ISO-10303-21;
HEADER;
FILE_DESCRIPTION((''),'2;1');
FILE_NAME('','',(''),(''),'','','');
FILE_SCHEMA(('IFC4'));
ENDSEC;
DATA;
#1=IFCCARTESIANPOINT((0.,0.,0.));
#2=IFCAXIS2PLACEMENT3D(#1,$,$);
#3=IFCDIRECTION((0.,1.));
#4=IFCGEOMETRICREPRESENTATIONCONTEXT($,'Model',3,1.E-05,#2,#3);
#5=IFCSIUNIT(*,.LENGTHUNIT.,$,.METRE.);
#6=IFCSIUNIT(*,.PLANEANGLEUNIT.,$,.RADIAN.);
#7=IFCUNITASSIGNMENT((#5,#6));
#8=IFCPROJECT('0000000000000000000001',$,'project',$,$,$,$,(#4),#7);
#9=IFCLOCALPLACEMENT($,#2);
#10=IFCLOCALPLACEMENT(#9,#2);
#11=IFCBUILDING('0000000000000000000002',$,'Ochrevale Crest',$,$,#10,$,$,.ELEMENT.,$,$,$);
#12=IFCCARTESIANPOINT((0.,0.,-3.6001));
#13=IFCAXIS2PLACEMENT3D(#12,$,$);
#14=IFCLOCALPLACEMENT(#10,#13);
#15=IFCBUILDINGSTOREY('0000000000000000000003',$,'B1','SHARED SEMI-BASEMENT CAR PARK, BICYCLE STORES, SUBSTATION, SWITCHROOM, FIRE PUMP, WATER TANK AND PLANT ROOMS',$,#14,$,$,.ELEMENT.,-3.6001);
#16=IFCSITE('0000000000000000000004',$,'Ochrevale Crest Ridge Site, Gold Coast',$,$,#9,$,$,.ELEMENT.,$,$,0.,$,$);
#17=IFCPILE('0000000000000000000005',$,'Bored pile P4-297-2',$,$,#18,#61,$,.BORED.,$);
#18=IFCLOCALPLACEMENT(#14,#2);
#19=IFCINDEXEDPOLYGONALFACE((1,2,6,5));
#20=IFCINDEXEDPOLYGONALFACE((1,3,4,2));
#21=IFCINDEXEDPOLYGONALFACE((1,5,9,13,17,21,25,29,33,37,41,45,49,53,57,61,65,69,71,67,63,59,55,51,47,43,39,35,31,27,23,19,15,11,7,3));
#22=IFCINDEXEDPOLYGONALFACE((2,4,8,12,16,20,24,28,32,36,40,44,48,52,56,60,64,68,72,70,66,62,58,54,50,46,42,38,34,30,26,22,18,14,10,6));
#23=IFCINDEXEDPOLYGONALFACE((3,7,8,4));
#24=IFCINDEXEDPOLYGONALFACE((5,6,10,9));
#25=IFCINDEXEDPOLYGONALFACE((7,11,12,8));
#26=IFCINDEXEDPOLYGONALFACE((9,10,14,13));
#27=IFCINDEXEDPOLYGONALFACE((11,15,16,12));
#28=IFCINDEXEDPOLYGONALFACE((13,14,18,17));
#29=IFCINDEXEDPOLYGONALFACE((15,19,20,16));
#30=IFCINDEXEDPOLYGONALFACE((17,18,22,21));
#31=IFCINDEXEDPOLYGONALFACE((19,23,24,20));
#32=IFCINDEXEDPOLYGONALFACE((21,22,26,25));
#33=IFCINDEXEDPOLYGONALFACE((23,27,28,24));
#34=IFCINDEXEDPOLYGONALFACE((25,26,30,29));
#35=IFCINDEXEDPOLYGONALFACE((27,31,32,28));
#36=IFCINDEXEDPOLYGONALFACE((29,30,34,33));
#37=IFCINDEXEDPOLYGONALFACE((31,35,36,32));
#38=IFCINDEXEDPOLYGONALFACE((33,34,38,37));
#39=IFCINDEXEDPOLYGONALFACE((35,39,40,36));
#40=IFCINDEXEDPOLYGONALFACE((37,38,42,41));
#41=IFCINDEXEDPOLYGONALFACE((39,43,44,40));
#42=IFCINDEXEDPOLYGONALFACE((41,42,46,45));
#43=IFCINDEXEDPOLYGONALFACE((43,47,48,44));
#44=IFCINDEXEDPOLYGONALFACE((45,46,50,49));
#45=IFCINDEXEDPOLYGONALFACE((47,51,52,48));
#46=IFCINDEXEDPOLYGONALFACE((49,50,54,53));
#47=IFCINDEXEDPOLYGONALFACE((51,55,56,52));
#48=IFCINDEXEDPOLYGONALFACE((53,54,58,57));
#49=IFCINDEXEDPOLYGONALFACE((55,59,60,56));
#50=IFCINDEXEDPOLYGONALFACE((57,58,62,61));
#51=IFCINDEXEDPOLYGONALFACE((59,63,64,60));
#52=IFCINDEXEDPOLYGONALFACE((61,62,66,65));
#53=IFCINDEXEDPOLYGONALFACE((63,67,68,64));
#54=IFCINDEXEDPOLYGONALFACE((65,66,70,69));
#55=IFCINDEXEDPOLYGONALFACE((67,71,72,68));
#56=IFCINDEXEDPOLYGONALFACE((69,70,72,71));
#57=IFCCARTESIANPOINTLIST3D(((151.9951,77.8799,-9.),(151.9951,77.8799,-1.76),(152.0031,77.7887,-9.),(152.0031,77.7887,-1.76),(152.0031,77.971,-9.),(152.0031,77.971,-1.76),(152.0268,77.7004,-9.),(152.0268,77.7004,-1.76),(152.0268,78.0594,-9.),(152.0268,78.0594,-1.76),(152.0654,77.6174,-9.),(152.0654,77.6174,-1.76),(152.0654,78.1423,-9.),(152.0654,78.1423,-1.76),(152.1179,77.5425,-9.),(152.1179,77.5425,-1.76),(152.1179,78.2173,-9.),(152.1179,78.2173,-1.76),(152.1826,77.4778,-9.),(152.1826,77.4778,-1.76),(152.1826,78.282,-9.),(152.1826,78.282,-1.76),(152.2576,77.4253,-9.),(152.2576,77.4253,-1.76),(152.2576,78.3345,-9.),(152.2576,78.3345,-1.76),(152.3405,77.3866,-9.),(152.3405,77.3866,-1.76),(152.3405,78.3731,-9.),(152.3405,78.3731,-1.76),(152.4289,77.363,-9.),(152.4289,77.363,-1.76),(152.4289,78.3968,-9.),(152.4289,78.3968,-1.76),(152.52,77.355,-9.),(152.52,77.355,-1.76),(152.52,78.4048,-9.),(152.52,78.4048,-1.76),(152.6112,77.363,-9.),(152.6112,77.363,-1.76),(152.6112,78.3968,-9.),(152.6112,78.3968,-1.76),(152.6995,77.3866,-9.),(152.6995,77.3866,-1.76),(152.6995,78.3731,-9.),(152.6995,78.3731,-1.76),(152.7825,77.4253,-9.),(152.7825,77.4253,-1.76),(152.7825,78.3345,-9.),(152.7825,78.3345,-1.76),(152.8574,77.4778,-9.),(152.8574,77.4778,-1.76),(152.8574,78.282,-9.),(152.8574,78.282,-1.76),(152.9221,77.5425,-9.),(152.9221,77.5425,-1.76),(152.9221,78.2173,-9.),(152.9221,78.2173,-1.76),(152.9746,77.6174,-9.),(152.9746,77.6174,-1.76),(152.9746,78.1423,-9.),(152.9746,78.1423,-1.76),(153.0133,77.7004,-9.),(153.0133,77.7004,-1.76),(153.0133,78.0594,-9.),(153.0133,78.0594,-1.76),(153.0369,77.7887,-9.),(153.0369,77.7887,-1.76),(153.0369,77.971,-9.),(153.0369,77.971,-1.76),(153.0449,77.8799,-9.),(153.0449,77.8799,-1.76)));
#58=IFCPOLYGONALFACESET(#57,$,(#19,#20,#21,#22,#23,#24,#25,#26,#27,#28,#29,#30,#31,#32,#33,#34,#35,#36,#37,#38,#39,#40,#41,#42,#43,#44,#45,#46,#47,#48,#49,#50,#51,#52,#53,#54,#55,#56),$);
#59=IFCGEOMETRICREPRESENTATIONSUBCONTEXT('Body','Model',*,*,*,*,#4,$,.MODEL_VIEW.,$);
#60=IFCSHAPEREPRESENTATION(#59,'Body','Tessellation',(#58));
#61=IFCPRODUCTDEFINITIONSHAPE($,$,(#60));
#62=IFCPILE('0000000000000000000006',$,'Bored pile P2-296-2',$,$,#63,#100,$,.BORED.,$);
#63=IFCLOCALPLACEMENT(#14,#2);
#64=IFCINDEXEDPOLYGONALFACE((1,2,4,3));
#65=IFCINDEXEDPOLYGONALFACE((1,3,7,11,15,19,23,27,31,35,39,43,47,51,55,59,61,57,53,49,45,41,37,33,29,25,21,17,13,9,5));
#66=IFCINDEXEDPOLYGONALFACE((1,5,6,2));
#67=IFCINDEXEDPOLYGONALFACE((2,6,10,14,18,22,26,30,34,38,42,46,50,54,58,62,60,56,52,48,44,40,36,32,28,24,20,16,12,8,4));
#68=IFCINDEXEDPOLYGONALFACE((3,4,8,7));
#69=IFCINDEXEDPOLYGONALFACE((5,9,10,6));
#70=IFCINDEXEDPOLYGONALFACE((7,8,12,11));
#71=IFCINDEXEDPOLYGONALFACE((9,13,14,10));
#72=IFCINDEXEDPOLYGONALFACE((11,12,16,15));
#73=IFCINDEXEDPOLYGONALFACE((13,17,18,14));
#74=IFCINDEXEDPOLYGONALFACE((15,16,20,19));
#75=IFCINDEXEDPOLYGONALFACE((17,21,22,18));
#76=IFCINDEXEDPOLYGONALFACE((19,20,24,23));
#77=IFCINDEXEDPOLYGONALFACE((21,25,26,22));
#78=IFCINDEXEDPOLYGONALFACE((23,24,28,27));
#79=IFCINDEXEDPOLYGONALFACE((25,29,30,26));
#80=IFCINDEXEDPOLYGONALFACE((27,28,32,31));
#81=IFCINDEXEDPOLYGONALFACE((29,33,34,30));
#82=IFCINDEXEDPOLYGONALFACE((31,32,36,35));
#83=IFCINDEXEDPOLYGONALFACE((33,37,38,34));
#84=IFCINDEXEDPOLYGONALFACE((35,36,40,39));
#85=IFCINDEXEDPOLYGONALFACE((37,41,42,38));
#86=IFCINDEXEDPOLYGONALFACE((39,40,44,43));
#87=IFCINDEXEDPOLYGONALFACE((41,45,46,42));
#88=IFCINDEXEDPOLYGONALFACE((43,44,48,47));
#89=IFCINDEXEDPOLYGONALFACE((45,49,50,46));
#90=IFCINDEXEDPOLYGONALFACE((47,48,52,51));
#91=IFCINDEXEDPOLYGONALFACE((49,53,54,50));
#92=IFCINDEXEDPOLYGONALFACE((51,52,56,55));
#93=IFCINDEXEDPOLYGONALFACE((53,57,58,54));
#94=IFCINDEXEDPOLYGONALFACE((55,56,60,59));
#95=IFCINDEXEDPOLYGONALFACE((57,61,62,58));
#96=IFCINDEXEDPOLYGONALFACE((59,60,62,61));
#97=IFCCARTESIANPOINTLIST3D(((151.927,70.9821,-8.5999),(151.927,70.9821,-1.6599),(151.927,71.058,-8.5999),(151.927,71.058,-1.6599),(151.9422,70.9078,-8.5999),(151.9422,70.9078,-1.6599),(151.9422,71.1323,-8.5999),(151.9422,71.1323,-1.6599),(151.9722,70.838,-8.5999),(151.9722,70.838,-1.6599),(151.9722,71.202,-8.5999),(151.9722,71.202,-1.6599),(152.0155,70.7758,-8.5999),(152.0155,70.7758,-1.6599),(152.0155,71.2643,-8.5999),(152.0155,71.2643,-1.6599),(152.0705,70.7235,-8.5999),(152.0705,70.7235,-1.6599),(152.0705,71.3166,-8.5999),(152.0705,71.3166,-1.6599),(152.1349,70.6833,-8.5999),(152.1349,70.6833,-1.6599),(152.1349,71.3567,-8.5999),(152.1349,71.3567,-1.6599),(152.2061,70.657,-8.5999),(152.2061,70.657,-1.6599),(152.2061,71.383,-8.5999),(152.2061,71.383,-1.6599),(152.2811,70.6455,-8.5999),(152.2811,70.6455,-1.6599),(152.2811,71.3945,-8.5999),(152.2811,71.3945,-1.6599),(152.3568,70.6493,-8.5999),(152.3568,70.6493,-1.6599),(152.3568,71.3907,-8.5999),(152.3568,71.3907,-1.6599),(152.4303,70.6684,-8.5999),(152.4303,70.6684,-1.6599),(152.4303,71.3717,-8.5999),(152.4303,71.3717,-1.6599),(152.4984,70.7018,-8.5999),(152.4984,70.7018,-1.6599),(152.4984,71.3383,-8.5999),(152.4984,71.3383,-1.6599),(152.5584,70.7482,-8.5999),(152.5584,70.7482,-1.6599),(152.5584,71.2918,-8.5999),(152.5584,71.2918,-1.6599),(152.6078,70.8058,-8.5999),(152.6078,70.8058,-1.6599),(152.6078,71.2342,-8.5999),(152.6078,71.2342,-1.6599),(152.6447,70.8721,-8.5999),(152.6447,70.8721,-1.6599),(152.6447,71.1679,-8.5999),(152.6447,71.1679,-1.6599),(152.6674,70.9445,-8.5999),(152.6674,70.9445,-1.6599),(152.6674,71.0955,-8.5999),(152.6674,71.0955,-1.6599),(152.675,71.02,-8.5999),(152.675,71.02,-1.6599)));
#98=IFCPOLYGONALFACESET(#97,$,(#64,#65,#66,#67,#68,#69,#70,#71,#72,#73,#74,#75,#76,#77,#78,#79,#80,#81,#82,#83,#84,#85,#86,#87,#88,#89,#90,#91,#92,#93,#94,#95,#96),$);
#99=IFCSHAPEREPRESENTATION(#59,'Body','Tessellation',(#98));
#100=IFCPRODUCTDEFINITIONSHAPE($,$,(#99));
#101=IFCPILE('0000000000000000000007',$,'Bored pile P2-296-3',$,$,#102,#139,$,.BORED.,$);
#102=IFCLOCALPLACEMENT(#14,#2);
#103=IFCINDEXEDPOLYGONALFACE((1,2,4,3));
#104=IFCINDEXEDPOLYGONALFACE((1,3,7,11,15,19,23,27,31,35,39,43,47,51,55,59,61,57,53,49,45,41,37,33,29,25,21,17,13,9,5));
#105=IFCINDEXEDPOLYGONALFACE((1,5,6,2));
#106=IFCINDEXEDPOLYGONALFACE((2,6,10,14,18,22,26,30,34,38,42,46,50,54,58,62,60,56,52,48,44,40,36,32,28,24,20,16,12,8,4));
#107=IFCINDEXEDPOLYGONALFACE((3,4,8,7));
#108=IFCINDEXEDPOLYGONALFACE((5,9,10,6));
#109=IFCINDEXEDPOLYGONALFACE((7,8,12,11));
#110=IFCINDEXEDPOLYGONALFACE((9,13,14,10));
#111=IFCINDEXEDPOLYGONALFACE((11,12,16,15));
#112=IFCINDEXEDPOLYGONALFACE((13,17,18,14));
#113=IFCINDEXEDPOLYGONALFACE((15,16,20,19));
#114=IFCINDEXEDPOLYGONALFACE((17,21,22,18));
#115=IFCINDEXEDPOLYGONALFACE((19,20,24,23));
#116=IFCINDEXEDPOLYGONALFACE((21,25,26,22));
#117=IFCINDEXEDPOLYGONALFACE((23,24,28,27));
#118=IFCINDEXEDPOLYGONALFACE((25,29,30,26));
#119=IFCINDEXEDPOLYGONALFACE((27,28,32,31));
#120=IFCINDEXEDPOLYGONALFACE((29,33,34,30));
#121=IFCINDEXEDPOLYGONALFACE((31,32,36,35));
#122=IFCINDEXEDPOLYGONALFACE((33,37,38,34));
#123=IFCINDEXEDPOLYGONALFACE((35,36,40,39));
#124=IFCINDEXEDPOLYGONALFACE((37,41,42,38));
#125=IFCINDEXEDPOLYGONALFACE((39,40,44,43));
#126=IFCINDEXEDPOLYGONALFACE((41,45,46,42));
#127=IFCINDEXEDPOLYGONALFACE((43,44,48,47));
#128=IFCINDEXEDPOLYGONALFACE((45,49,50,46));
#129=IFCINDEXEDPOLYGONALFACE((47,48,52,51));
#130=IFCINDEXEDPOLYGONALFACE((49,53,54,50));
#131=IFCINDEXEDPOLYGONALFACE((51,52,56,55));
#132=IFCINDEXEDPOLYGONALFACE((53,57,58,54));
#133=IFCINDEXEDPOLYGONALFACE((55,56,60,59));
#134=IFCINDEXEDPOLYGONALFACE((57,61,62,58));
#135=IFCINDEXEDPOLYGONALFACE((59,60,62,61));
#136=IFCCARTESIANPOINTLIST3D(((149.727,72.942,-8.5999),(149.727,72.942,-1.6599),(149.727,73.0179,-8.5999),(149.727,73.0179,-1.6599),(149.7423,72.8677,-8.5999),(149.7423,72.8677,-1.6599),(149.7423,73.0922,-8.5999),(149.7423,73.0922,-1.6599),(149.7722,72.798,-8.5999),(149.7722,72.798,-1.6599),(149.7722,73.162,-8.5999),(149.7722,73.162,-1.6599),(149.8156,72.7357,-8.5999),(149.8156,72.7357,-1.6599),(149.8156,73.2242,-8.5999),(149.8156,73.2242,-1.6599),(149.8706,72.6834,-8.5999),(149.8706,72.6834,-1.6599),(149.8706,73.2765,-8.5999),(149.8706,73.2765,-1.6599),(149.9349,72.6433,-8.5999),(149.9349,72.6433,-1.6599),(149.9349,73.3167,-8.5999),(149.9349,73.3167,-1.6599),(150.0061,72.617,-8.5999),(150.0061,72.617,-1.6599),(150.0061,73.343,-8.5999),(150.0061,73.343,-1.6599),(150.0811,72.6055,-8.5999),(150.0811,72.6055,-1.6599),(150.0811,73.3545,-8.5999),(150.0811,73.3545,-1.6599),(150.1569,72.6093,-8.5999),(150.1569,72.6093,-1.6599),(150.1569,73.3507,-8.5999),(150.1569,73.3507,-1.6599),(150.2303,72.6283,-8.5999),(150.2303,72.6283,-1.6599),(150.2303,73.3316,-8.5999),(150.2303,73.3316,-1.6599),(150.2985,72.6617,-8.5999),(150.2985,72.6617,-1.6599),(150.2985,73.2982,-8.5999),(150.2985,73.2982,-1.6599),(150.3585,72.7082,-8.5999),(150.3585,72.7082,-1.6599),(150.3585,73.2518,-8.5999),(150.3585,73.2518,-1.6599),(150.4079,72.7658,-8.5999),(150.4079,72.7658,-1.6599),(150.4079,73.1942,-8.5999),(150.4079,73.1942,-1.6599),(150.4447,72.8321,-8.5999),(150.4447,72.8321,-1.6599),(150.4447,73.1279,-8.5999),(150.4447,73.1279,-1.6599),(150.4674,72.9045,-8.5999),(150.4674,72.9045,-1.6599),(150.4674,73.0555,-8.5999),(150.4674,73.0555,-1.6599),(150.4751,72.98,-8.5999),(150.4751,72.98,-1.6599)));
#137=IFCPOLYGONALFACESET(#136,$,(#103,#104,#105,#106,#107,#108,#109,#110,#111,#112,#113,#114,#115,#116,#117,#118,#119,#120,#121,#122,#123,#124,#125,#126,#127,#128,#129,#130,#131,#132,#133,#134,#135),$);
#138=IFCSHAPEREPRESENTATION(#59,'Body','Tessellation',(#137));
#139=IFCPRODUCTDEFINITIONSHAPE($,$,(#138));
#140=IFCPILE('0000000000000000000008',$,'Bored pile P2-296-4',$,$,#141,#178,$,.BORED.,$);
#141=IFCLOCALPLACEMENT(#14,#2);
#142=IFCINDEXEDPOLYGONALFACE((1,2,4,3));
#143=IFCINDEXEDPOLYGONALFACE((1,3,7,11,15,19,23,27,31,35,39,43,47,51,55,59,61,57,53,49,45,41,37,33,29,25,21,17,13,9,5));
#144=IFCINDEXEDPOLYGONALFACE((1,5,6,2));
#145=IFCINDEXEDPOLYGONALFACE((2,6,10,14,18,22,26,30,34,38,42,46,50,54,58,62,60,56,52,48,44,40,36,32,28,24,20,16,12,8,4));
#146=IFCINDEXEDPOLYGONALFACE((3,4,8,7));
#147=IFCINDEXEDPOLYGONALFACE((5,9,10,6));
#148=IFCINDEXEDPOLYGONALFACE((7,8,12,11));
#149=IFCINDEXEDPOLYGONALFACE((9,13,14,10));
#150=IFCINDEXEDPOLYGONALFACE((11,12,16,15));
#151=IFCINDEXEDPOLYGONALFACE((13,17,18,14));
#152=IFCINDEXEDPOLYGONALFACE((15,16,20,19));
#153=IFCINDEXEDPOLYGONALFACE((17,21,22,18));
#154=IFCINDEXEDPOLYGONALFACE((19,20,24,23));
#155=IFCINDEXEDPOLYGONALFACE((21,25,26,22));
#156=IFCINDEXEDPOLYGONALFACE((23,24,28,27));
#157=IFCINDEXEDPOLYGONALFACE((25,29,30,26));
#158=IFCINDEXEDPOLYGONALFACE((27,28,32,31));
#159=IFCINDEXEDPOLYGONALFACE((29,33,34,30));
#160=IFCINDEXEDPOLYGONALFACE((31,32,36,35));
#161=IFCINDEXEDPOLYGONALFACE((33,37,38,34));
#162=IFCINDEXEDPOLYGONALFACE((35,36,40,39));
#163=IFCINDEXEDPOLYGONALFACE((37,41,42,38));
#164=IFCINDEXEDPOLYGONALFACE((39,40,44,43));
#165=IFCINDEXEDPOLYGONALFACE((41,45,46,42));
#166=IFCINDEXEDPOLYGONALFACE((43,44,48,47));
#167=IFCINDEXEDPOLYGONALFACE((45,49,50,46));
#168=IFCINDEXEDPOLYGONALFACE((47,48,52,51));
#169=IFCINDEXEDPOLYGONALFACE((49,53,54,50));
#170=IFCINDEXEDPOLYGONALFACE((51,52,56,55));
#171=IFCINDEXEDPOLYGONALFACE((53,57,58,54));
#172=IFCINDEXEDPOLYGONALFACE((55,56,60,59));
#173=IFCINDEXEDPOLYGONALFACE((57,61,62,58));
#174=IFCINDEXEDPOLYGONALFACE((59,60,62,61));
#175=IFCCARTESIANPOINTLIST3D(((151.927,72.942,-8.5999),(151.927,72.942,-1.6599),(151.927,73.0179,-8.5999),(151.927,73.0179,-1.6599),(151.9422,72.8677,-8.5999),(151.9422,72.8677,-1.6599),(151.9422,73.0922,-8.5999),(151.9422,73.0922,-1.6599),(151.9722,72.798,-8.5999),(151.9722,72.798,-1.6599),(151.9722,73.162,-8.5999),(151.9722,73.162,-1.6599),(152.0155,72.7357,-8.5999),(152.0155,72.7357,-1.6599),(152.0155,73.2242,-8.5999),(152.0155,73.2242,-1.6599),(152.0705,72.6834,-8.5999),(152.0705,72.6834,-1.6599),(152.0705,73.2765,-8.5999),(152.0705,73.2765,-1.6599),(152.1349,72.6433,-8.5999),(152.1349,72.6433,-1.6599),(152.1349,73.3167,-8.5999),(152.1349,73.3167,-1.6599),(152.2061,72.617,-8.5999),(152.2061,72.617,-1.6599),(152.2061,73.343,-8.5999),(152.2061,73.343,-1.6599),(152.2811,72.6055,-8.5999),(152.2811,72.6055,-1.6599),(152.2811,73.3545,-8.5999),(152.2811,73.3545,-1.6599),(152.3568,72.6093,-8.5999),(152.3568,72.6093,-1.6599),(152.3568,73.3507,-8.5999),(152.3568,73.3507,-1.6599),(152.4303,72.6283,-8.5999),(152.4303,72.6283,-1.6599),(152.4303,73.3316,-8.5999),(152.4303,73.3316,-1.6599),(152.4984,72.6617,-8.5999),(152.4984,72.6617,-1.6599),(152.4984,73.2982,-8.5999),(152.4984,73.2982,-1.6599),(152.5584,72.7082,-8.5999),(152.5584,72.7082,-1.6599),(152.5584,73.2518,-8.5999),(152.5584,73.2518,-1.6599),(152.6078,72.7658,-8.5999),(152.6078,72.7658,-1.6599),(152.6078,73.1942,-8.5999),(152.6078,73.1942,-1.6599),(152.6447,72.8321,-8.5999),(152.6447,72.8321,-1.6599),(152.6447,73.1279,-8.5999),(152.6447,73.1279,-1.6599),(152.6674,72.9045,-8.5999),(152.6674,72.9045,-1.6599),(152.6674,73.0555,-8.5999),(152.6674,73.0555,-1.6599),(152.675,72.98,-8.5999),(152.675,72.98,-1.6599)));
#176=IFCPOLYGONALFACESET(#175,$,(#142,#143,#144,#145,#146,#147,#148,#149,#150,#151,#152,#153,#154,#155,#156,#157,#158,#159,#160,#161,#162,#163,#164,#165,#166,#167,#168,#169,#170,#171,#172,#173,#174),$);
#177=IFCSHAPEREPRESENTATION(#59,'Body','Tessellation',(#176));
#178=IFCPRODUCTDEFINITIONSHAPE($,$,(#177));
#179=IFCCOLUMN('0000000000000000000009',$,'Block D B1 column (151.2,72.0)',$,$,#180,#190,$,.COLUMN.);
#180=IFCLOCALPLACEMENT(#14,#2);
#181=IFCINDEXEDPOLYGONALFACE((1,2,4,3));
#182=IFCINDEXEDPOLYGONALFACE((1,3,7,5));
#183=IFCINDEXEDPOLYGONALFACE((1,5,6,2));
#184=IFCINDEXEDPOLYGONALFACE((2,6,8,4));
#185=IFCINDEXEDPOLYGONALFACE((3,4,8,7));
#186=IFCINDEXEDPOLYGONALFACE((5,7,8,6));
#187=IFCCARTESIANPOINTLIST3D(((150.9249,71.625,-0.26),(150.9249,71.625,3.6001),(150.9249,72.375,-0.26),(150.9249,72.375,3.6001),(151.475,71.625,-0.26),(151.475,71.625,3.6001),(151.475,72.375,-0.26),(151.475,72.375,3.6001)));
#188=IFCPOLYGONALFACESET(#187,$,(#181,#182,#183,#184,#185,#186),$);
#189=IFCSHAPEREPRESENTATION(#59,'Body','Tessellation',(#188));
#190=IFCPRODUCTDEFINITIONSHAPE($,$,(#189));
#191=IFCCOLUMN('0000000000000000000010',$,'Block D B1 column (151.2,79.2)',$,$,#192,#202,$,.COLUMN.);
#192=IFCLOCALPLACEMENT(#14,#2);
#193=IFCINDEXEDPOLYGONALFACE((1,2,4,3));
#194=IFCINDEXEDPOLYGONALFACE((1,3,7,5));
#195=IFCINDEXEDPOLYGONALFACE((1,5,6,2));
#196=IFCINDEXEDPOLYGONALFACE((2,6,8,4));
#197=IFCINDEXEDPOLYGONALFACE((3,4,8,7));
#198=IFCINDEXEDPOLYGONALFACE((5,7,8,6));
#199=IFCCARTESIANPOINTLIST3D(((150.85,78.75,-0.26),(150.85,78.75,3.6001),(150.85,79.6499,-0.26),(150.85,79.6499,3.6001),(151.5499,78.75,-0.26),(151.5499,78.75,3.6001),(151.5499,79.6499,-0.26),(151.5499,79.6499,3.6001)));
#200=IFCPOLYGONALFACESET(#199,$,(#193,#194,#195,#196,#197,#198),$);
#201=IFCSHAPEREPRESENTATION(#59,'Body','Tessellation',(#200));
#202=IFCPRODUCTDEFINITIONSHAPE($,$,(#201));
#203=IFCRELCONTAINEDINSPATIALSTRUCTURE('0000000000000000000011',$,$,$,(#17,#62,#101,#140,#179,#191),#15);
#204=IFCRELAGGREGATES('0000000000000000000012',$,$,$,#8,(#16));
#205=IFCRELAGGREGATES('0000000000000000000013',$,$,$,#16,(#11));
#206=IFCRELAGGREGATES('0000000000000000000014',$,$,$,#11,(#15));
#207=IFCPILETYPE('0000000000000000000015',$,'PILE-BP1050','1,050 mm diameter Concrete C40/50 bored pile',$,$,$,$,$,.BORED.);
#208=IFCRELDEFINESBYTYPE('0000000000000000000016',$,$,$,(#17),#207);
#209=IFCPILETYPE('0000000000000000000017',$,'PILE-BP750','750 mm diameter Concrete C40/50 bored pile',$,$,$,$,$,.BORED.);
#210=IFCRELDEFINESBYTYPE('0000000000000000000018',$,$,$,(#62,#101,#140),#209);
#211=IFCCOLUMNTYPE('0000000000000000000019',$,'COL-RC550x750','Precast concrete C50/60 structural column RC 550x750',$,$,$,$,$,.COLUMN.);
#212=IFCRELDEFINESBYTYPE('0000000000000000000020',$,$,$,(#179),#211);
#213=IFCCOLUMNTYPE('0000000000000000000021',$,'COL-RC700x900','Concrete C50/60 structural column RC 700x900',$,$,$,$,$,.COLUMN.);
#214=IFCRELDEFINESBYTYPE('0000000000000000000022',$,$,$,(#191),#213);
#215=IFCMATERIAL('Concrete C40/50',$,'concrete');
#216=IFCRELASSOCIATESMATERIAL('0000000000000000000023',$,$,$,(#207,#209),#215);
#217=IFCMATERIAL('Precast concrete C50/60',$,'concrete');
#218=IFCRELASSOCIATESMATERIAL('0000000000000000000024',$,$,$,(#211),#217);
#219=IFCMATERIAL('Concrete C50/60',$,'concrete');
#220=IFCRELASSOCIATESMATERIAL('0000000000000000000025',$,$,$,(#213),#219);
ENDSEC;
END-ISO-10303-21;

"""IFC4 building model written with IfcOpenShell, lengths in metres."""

from ifc_helpers import new_model, si_unit, direction, frame, origin, origin_2d, place, context, subcontext, project, spatial, rectangle, circle, extrude, material, material_profile, profile_set, type_object, element, save


model = new_model("IFC4")

# Units and contexts
model_context = context("Model", 3, precision=1e-05, world=origin(), true_north=direction((0.0, 1.0)))
body_context = subcontext(model_context, "Body", "Model", "MODEL_VIEW")
ifc_project = project(units=[si_unit("LENGTHUNIT", "METRE"), si_unit("PLANEANGLEUNIT", "RADIAN")], contexts=[model_context])

# Site, building, storey
site_placement = place(None, origin())
site = spatial("IfcSite", under=ifc_project, at=site_placement, Name="Ochrevale Crest Ridge Site, Gold Coast", CompositionType="ELEMENT", RefElevation=0.0)
building_placement = place(site_placement, origin())
building = spatial("IfcBuilding", under=site, at=building_placement, Name="Ochrevale Crest", CompositionType="ELEMENT")
storey_placement = place(building_placement, frame((0.0, 0.0, -3.6001)))
storey = spatial("IfcBuildingStorey", under=building, at=storey_placement, Name="B1", Description="SHARED SEMI-BASEMENT CAR PARK, BICYCLE STORES, SUBSTATION, SWITCHROOM, FIRE PUMP, WATER TANK AND PLANT ROOMS", CompositionType="ELEMENT", Elevation=-3.6001)

# Shared definitions
ifc_material_1 = material(Name="Concrete C40/50", Category="concrete")

# Piles
ifc_material_profile_1 = material_profile(ifc_material_1, circle(Radius=0.5249, at=origin_2d()), Name="BORED PILE 1050")
ifc_profile_set_1 = profile_set([ifc_material_profile_1], Name="Concrete C40/50")
pile_type_1 = type_object("IfcPileType", Name="PILE-BP1050", Description="1,050 mm diameter Concrete C40/50 bored pile", PredefinedType="BORED", material=ifc_profile_set_1)
for number, where, z_axis, x_axis, name in (
    (1, (152.52, 77.8799, -1.76), (0.0, 0.0, -1.0), (1.0, 0.0, 0.0), "Bored pile P4-297-2"),
):
    element("IfcPile", number, at=place(storey_placement, frame(where, z_axis=z_axis, x_axis=x_axis)), inside=storey, type_object=pile_type_1, Name=name, PredefinedType="BORED", context=body_context, shape_type="SweptSolid", body=[
        extrude(circle(Radius=0.5249, at=origin_2d()), origin(), (0.0, 0.0, 1.0), 7.24),
    ])
ifc_material_profile_2 = material_profile(ifc_material_1, circle(Radius=0.375, at=origin_2d()), Name="BORED PILE 750")
ifc_profile_set_2 = profile_set([ifc_material_profile_2], Name="Concrete C40/50")
pile_type_2 = type_object("IfcPileType", Name="PILE-BP750", Description="750 mm diameter Concrete C40/50 bored pile", PredefinedType="BORED", material=ifc_profile_set_2)
for number, where, z_axis, x_axis, name in (
    (2, (152.3, 71.02, -1.6599), (0.0, 0.0, -1.0), (1.0, 0.0, 0.0), "Bored pile P2-296-2"),
    (3, (150.1001, 72.98, -1.6599), (0.0, 0.0, -1.0), (1.0, 0.0, 0.0), "Bored pile P2-296-3"),
    (4, (152.3, 72.98, -1.6599), (0.0, 0.0, -1.0), (1.0, 0.0, 0.0), "Bored pile P2-296-4"),
):
    element("IfcPile", number, at=place(storey_placement, frame(where, z_axis=z_axis, x_axis=x_axis)), inside=storey, type_object=pile_type_2, Name=name, PredefinedType="BORED", context=body_context, shape_type="SweptSolid", body=[
        extrude(circle(Radius=0.375, at=origin_2d()), origin(), (0.0, 0.0, 1.0), 6.9399),
    ])

# Columns
ifc_material_2 = material(Name="Precast concrete C50/60", Category="concrete")
ifc_material_profile_3 = material_profile(ifc_material_2, rectangle(XDim=0.55, YDim=0.75, at=origin_2d()), Name="RC 550x750")
ifc_profile_set_3 = profile_set([ifc_material_profile_3], Name="Precast concrete C50/60")
column_type_1 = type_object("IfcColumnType", Name="COL-RC550x750", Description="Precast concrete C50/60 structural column RC 550x750", PredefinedType="COLUMN", material=ifc_profile_set_3)
column_1_placement = place(storey_placement, frame((151.2, 72.0, -0.26), z_axis=(0.0, 0.0, 1.0), x_axis=(1.0, 0.0, 0.0)))
element("IfcColumn", 5, at=column_1_placement, inside=storey, type_object=column_type_1, Name="Block D B1 column (151.2,72.0)", PredefinedType="COLUMN", context=body_context, shape_type="SweptSolid", body=[
    extrude(rectangle(XDim=0.55, YDim=0.75, at=origin_2d()), origin(), (0.0, 0.0, 1.0), 3.8601),
])
ifc_material_3 = material(Name="Concrete C50/60", Category="concrete")
ifc_material_profile_4 = material_profile(ifc_material_3, rectangle(XDim=0.7, YDim=0.8999, at=origin_2d()), Name="RC 700x900")
ifc_profile_set_4 = profile_set([ifc_material_profile_4], Name="Concrete C50/60")
column_type_2 = type_object("IfcColumnType", Name="COL-RC700x900", Description="Concrete C50/60 structural column RC 700x900", PredefinedType="COLUMN", material=ifc_profile_set_4)
column_2_placement = place(storey_placement, frame((151.2, 79.2, -0.26), z_axis=(0.0, 0.0, 1.0), x_axis=(1.0, 0.0, 0.0)))
element("IfcColumn", 6, at=column_2_placement, inside=storey, type_object=column_type_2, Name="Block D B1 column (151.2,79.2)", PredefinedType="COLUMN", context=body_context, shape_type="SweptSolid", body=[
    extrude(rectangle(XDim=0.7, YDim=0.8999, at=origin_2d()), origin(), (0.0, 0.0, 1.0), 3.8601),
])

save(model, "model.ifc")
